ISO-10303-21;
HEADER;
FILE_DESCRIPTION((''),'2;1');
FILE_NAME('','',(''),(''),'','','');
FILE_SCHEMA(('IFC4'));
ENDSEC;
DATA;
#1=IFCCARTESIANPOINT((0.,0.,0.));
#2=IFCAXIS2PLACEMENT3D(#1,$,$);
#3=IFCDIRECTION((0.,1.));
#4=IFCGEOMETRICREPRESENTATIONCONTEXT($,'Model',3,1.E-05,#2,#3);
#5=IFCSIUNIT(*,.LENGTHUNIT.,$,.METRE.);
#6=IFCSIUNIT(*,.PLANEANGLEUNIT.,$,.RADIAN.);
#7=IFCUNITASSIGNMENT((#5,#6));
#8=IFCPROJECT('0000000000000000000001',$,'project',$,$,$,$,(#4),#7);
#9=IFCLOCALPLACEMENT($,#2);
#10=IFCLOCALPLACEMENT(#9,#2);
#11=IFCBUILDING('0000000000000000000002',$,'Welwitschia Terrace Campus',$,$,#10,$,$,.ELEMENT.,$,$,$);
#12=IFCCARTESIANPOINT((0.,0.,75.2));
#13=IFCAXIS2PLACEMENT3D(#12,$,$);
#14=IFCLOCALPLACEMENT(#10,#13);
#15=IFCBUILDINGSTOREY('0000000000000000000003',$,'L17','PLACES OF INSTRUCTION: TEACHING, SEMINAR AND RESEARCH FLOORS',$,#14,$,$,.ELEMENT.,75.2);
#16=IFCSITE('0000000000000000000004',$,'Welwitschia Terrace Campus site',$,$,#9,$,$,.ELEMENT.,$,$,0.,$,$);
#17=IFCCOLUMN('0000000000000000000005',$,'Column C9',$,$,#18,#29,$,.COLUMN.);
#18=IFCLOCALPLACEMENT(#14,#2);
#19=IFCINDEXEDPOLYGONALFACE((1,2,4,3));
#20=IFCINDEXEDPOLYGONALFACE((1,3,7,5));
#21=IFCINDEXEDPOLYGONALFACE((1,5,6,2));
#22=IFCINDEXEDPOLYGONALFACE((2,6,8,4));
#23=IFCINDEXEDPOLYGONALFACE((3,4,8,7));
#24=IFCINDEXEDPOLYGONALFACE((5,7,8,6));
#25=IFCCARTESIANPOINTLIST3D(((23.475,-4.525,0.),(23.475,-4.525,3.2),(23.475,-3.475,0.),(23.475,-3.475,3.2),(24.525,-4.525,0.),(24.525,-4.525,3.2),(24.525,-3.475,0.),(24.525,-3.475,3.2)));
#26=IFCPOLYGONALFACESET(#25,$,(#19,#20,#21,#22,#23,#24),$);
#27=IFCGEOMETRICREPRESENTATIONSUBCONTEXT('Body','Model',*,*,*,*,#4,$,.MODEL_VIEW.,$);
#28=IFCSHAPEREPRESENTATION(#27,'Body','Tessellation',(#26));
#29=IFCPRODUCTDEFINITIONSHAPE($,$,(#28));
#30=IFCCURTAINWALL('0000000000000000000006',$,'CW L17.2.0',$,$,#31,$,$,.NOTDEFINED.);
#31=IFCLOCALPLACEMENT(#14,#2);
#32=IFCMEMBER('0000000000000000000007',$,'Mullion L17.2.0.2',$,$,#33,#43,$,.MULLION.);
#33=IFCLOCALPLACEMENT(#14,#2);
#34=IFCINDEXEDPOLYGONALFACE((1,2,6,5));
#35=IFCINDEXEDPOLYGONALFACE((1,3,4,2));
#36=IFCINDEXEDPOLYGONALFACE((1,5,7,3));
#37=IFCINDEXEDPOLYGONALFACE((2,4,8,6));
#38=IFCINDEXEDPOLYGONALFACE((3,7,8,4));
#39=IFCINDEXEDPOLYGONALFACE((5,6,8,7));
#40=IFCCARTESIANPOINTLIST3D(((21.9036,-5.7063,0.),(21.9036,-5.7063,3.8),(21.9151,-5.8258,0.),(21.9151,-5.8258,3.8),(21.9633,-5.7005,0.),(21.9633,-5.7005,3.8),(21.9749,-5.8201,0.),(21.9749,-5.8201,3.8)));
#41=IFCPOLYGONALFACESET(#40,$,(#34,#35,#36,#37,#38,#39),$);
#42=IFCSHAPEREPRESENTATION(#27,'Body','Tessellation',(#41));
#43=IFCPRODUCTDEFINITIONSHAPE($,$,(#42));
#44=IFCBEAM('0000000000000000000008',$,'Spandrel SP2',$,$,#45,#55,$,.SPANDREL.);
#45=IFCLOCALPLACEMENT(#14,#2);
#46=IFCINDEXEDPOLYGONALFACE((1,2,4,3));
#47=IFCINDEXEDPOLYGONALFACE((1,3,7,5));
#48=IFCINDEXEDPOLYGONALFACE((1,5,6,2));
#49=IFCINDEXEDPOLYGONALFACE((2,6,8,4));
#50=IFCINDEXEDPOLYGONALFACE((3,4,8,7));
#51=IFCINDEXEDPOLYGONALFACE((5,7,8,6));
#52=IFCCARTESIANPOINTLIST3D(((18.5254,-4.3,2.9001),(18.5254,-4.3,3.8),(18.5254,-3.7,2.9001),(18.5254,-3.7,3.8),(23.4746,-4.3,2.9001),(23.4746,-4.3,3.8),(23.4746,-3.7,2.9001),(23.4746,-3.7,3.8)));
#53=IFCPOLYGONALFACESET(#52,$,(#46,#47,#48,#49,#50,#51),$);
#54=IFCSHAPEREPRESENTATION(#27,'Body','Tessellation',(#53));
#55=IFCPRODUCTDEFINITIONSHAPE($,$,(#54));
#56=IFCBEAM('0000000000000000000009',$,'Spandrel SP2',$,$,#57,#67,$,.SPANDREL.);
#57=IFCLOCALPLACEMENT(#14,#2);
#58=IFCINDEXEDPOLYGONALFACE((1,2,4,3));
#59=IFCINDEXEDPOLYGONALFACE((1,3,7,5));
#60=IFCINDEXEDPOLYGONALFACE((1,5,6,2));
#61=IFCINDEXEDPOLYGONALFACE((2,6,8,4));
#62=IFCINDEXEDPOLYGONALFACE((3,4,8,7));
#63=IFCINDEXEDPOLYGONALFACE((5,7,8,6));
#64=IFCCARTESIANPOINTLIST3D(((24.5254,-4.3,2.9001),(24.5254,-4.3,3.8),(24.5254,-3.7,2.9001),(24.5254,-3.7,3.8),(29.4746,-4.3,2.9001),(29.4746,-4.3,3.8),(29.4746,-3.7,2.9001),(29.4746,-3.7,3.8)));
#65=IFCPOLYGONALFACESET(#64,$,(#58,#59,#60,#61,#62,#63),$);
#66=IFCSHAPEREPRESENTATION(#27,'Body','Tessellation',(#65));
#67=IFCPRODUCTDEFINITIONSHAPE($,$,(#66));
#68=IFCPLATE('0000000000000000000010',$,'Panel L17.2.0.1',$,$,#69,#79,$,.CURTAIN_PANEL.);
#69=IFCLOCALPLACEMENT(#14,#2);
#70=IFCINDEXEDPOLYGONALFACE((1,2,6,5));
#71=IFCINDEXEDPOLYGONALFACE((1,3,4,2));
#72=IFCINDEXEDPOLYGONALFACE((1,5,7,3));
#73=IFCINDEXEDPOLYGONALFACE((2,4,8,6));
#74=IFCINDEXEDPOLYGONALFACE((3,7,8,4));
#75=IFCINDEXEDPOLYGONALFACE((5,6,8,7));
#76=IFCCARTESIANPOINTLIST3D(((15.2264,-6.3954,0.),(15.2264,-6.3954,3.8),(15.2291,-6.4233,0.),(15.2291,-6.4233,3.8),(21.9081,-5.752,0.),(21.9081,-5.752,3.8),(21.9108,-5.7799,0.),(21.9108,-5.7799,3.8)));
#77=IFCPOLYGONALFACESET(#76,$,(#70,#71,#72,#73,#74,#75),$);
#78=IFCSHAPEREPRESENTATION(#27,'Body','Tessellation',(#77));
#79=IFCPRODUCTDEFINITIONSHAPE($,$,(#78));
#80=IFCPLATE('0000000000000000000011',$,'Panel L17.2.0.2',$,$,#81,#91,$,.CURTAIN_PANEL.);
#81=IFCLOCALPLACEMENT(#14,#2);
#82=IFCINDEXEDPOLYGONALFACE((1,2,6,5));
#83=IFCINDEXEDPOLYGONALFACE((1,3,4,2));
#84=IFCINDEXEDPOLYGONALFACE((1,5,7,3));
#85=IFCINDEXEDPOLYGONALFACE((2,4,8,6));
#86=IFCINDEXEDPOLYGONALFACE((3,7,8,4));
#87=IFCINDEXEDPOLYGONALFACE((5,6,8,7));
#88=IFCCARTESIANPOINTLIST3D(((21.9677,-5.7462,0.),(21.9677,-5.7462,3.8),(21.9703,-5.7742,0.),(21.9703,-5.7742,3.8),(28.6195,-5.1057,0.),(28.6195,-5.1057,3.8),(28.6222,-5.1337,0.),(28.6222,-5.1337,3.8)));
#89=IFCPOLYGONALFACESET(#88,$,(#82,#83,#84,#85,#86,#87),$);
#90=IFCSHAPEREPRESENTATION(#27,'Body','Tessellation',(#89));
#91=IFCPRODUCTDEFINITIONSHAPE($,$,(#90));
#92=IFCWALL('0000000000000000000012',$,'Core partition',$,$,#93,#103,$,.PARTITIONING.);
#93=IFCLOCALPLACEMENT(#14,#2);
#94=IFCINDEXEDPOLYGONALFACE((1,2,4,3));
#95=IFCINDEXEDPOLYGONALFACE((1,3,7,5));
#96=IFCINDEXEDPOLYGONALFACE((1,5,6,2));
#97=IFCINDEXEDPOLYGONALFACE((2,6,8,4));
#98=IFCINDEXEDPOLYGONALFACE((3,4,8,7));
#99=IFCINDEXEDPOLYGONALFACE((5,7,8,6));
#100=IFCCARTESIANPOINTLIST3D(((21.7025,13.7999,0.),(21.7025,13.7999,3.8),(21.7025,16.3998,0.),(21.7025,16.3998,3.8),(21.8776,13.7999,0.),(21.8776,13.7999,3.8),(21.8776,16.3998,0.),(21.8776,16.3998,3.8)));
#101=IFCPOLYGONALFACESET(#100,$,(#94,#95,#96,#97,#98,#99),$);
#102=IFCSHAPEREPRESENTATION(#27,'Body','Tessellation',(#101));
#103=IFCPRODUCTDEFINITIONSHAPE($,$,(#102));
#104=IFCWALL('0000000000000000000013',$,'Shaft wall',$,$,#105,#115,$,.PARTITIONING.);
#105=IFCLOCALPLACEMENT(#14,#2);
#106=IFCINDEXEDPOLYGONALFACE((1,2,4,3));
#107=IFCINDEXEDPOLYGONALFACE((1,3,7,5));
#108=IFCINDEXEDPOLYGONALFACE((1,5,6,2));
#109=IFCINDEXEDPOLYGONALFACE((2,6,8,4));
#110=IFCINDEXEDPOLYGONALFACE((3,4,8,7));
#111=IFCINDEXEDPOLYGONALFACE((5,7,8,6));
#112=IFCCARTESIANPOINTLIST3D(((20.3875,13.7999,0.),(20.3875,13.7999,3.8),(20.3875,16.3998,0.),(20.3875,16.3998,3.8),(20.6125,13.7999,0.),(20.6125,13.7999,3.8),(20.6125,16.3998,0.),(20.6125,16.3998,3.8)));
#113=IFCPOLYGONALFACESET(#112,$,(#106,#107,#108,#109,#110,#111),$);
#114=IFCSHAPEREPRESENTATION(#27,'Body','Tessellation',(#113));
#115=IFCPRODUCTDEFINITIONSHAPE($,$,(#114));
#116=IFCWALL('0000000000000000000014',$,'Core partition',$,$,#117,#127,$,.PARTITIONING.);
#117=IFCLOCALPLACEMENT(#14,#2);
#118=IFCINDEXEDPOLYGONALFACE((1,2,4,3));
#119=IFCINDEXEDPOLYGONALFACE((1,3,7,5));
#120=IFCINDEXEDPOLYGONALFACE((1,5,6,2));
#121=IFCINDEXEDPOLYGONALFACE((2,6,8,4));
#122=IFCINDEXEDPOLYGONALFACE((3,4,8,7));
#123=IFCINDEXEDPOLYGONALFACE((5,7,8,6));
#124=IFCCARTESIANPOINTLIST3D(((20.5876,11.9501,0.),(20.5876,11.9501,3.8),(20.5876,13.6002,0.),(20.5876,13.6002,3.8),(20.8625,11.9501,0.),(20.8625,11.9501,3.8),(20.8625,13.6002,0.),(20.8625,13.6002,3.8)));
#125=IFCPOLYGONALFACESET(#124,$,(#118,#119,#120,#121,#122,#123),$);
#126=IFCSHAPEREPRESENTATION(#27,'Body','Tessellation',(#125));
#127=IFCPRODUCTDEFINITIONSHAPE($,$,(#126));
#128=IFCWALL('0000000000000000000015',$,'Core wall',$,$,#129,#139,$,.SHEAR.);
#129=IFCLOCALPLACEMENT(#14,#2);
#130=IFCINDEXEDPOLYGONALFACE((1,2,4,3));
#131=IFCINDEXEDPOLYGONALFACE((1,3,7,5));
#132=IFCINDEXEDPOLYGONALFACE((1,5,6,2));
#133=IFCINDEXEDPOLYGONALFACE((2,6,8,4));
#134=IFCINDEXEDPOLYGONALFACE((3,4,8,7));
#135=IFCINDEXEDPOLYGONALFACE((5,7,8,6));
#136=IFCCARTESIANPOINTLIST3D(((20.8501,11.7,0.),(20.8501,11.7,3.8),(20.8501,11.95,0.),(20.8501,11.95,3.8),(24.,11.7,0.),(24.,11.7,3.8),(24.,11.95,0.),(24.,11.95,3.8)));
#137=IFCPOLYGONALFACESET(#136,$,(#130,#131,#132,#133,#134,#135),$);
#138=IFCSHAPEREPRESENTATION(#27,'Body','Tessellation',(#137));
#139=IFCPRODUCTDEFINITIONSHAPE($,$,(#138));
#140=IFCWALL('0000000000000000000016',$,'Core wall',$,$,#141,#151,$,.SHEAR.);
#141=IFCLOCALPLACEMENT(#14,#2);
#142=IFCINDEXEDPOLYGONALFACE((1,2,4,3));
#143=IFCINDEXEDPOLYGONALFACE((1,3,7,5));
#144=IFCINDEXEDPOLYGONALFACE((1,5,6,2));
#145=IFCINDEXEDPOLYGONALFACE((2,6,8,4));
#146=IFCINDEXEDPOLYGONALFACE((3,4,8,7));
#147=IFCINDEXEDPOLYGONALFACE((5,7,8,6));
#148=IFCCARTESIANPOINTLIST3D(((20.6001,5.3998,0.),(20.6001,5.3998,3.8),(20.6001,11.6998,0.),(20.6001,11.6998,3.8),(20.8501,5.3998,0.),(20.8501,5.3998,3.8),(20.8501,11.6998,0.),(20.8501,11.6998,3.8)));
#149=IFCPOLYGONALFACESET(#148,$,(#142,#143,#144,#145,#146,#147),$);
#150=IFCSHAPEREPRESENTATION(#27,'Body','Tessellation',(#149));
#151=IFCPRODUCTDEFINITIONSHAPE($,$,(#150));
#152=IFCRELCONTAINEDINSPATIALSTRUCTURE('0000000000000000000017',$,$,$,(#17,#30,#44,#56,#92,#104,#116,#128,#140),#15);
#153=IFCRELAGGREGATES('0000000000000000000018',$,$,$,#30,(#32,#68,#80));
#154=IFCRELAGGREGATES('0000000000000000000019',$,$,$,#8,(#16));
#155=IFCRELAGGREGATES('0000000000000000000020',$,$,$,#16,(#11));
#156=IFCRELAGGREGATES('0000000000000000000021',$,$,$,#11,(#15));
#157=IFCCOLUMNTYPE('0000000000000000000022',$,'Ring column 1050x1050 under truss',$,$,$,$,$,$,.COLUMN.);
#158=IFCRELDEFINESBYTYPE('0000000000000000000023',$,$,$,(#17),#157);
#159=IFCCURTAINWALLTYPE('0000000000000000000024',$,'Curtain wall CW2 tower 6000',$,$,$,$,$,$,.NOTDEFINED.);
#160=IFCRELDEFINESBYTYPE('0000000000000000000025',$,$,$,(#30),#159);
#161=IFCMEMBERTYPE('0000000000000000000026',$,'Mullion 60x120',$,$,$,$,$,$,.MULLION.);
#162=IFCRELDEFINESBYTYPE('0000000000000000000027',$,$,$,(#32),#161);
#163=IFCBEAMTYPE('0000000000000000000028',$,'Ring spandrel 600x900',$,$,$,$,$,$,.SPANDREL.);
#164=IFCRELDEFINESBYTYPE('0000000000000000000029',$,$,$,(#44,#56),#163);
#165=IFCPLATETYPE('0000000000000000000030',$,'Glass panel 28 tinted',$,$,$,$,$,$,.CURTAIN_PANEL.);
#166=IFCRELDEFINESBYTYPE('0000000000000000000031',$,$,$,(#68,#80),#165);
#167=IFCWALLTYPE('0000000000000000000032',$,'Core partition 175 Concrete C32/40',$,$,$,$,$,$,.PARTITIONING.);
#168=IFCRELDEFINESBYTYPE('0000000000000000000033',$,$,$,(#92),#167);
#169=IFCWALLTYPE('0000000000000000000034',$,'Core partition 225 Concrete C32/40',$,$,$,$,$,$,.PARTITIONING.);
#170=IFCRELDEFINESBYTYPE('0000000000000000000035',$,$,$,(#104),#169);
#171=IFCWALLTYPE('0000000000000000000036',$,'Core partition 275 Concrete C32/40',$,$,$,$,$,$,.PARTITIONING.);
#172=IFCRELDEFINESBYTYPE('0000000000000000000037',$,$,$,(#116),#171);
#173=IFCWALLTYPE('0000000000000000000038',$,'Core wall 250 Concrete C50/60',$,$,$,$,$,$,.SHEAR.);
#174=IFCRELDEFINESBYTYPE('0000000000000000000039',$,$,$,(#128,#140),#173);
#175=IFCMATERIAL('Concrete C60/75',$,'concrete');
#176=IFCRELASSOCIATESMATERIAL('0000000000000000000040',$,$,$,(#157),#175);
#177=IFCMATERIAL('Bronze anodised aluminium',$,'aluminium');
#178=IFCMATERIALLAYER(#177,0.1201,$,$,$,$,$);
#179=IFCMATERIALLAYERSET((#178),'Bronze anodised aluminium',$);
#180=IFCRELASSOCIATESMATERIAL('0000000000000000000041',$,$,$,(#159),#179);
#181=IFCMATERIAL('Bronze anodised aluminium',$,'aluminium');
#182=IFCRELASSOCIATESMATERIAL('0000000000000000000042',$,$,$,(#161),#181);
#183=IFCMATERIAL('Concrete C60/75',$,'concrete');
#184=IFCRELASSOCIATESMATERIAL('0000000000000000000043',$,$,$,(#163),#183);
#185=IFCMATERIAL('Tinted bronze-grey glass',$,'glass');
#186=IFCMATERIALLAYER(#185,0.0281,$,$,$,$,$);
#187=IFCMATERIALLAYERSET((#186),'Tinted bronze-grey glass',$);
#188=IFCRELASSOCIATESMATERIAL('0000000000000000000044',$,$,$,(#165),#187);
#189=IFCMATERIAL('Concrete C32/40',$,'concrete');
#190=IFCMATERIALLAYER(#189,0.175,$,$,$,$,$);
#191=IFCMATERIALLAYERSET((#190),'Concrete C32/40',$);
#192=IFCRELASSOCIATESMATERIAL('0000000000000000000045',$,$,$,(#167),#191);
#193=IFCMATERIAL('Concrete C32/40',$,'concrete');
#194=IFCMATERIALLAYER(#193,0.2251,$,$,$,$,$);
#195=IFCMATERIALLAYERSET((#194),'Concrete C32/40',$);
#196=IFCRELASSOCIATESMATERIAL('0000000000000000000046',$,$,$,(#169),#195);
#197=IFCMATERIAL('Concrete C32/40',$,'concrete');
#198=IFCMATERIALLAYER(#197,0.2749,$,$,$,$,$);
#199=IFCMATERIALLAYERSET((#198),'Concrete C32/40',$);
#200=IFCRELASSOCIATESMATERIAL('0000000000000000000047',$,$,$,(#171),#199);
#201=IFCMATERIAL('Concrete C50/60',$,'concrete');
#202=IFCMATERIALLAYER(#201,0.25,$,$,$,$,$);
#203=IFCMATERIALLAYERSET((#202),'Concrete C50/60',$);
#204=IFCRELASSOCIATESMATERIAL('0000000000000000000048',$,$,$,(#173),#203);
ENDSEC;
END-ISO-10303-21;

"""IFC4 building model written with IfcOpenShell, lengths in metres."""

from ifc_helpers import new_model, si_unit, direction, frame, frame_2d, origin, origin_2d, place, context, subcontext, project, spatial, rectangle, extrude, material, layer, layer_set, material_profile, profile_set, type_object, element, aggregate, save


model = new_model("IFC4")

# Units and contexts
model_context = context("Model", 3, precision=1e-05, world=origin(), true_north=direction((0.0, 1.0)))
body_context = subcontext(model_context, "Body", "Model", "MODEL_VIEW")
ifc_project = project(units=[si_unit("LENGTHUNIT", "METRE"), si_unit("PLANEANGLEUNIT", "RADIAN")], contexts=[model_context])

# Site, building, storey
site_placement = place(None, origin())
site = spatial("IfcSite", under=ifc_project, at=site_placement, Name="Welwitschia Terrace Campus site", CompositionType="ELEMENT", RefElevation=0.0)
building_placement = place(site_placement, origin())
building = spatial("IfcBuilding", under=site, at=building_placement, Name="Welwitschia Terrace Campus", CompositionType="ELEMENT")
storey_placement = place(building_placement, frame((0.0, 0.0, 75.2)))
storey = spatial("IfcBuildingStorey", under=building, at=storey_placement, Name="L17", Description="PLACES OF INSTRUCTION: TEACHING, SEMINAR AND RESEARCH FLOORS", CompositionType="ELEMENT", Elevation=75.2)

# Column
ifc_material_1 = material(Name="Concrete C60/75", Category="concrete")
ifc_material_profile_1 = material_profile(ifc_material_1, rectangle(XDim=1.05, YDim=1.05, at=origin_2d()))
ifc_profile_set_1 = profile_set([ifc_material_profile_1], Name="Concrete C60/75")
column_type = type_object("IfcColumnType", Name="Ring column 1050x1050 under truss", PredefinedType="COLUMN", material=ifc_profile_set_1)
column_placement = place(storey_placement, frame((24.0, -4.0, 0.0), z_axis=(0.0, 0.0, 1.0), x_axis=(1.0, 0.0, 0.0)))
element("IfcColumn", 1, at=column_placement, inside=storey, type_object=column_type, Name="Column C9", PredefinedType="COLUMN", context=body_context, shape_type="SweptSolid", body=[
    extrude(rectangle(XDim=1.05, YDim=1.05, at=origin_2d()), origin(), (0.0, 0.0, 1.0), 3.2),
])

# Curtain wall, member
ifc_material_2 = material(Name="Bronze anodised aluminium", Category="aluminium")
ifc_layer_1 = layer(ifc_material_2, 0.1201)
ifc_layer_set_1 = layer_set([ifc_layer_1], Name="Bronze anodised aluminium")
curtain_wall_type = type_object("IfcCurtainWallType", Name="Curtain wall CW2 tower 6000", PredefinedType="NOTDEFINED", material=ifc_layer_set_1)
curtain_wall_placement = place(storey_placement, origin())
curtain_wall = element("IfcCurtainWall", 2, at=curtain_wall_placement, inside=storey, type_object=curtain_wall_type, Name="CW L17.2.0", PredefinedType="NOTDEFINED")
ifc_material_3 = material(Name="Bronze anodised aluminium", Category="aluminium")
ifc_material_profile_2 = material_profile(ifc_material_3, rectangle(XDim=0.1201, YDim=0.0601, at=origin_2d()))
ifc_profile_set_2 = profile_set([ifc_material_profile_2], Name="Bronze anodised aluminium")
member_type = type_object("IfcMemberType", Name="Mullion 60x120", PredefinedType="MULLION", material=ifc_profile_set_2)
member_placement = place(storey_placement, frame((21.9392, -5.7632, 0.0), z_axis=(0.0, 0.0, 1.0), x_axis=(-0.095846, 0.995396, 0.0)))
member = element("IfcMember", 3, at=member_placement, type_object=member_type, Name="Mullion L17.2.0.2", PredefinedType="MULLION", context=body_context, shape_type="SweptSolid", body=[
    extrude(rectangle(XDim=0.1201, YDim=0.0601, at=origin_2d()), origin(), (0.0, 0.0, 1.0), 3.8),
])

# Beams
ifc_material_4 = material(Name="Concrete C60/75", Category="concrete")
ifc_material_profile_3 = material_profile(ifc_material_4, rectangle(XDim=0.6001, YDim=0.8999, at=origin_2d()))
ifc_profile_set_3 = profile_set([ifc_material_profile_3], Name="Concrete C60/75")
beam_type = type_object("IfcBeamType", Name="Ring spandrel 600x900", PredefinedType="SPANDREL", material=ifc_profile_set_3)
for number, where, z_axis, x_axis, name in (
    (4, (18.5254, -4.0, 3.3501), (1.0, 0.0, 0.0), (0.0, 1.0, 0.0), "Spandrel SP2"),
    (5, (24.5254, -4.0, 3.3501), (1.0, 0.0, 0.0), (0.0, 1.0, 0.0), "Spandrel SP2"),
):
    element("IfcBeam", number, at=place(storey_placement, frame(where, z_axis=z_axis, x_axis=x_axis)), inside=storey, type_object=beam_type, Name=name, PredefinedType="SPANDREL", context=body_context, shape_type="SweptSolid", body=[
        extrude(rectangle(XDim=0.6001, YDim=0.8999, at=origin_2d()), origin(), (0.0, 0.0, 1.0), 4.9492),
    ])

# Plates
ifc_material_5 = material(Name="Tinted bronze-grey glass", Category="glass")
ifc_layer_2 = layer(ifc_material_5, 0.0281)
ifc_layer_set_2 = layer_set([ifc_layer_2], Name="Tinted bronze-grey glass")
plate_type = type_object("IfcPlateType", Name="Glass panel 28 tinted", PredefinedType="CURTAIN_PANEL", material=ifc_layer_set_2)
plate_1_placement = place(storey_placement, frame((18.5686, -6.0876, 0.0), z_axis=(0.0, 0.0, 1.0), x_axis=(0.995396, 0.095846, 0.0)))
plate_1 = element("IfcPlate", 6, at=plate_1_placement, type_object=plate_type, Name="Panel L17.2.0.1", PredefinedType="CURTAIN_PANEL", context=body_context, shape_type="SweptSolid", body=[
    extrude(rectangle(XDim=6.7126, YDim=0.0281, at=origin_2d()), origin(), (0.0, 0.0, 1.0), 3.8),
])
plate_2_placement = place(storey_placement, frame((25.2949, -5.4399, 0.0), z_axis=(0.0, 0.0, 1.0), x_axis=(0.995396, 0.095846, 0.0)))
plate_2 = element("IfcPlate", 7, at=plate_2_placement, type_object=plate_type, Name="Panel L17.2.0.2", PredefinedType="CURTAIN_PANEL", context=body_context, shape_type="SweptSolid", body=[
    extrude(rectangle(XDim=6.6826, YDim=0.0281, at=origin_2d()), origin(), (0.0, 0.0, 1.0), 3.8),
])
aggregate(curtain_wall, [member, plate_1, plate_2])

# Walls
ifc_material_6 = material(Name="Concrete C32/40", Category="concrete")
ifc_layer_3 = layer(ifc_material_6, 0.175)
ifc_layer_set_3 = layer_set([ifc_layer_3], Name="Concrete C32/40")
wall_type_1 = type_object("IfcWallType", Name="Core partition 175 Concrete C32/40", PredefinedType="PARTITIONING", material=ifc_layer_set_3)
wall_1_placement = place(storey_placement, frame((21.79, 13.8, 0.0), z_axis=(0.0, 0.0, 1.0), x_axis=(0.0, 1.0, 0.0)))
element("IfcWall", 8, at=wall_1_placement, inside=storey, type_object=wall_type_1, Name="Core partition", PredefinedType="PARTITIONING", context=body_context, shape_type="SweptSolid", body=[
    extrude(rectangle(XDim=2.5999, YDim=0.175, at=frame_2d((1.2998, 0.0))), origin(), (0.0, 0.0, 1.0), 3.8),
])
ifc_material_7 = material(Name="Concrete C32/40", Category="concrete")
ifc_layer_4 = layer(ifc_material_7, 0.2251)
ifc_layer_set_4 = layer_set([ifc_layer_4], Name="Concrete C32/40")
wall_type_2 = type_object("IfcWallType", Name="Core partition 225 Concrete C32/40", PredefinedType="PARTITIONING", material=ifc_layer_set_4)
wall_2_placement = place(storey_placement, frame((20.5, 13.8, 0.0), z_axis=(0.0, 0.0, 1.0), x_axis=(0.0, 1.0, 0.0)))
element("IfcWall", 9, at=wall_2_placement, inside=storey, type_object=wall_type_2, Name="Shaft wall", PredefinedType="PARTITIONING", context=body_context, shape_type="SweptSolid", body=[
    extrude(rectangle(XDim=2.5999, YDim=0.2251, at=frame_2d((1.2998, 0.0))), origin(), (0.0, 0.0, 1.0), 3.8),
])
ifc_material_8 = material(Name="Concrete C32/40", Category="concrete")
ifc_layer_5 = layer(ifc_material_8, 0.2749)
ifc_layer_set_5 = layer_set([ifc_layer_5], Name="Concrete C32/40")
wall_type_3 = type_object("IfcWallType", Name="Core partition 275 Concrete C32/40", PredefinedType="PARTITIONING", material=ifc_layer_set_5)
wall_3_placement = place(storey_placement, frame((20.7251, 11.95, 0.0), z_axis=(0.0, 0.0, 1.0), x_axis=(0.0, 1.0, 0.0)))
element("IfcWall", 10, at=wall_3_placement, inside=storey, type_object=wall_type_3, Name="Core partition", PredefinedType="PARTITIONING", context=body_context, shape_type="SweptSolid", body=[
    extrude(rectangle(XDim=1.6501, YDim=0.2749, at=frame_2d((0.8252, 0.0))), origin(), (0.0, 0.0, 1.0), 3.8),
])
ifc_material_9 = material(Name="Concrete C50/60", Category="concrete")
ifc_layer_6 = layer(ifc_material_9, 0.25)
ifc_layer_set_6 = layer_set([ifc_layer_6], Name="Concrete C50/60")
wall_type_4 = type_object("IfcWallType", Name="Core wall 250 Concrete C50/60", PredefinedType="SHEAR", material=ifc_layer_set_6)
wall_4_placement = place(storey_placement, frame((20.8501, 11.825, 0.0), z_axis=(0.0, 0.0, 1.0), x_axis=(1.0, 0.0, 0.0)))
element("IfcWall", 11, at=wall_4_placement, inside=storey, type_object=wall_type_4, Name="Core wall", PredefinedType="SHEAR", context=body_context, shape_type="SweptSolid", body=[
    extrude(rectangle(XDim=3.1499, YDim=0.25, at=frame_2d((1.575, 0.0))), origin(), (0.0, 0.0, 1.0), 3.8),
])
wall_5_placement = place(storey_placement, frame((20.7251, 5.3999, 0.0), z_axis=(0.0, 0.0, 1.0), x_axis=(0.0, 1.0, 0.0)))
element("IfcWall", 12, at=wall_5_placement, inside=storey, type_object=wall_type_4, Name="Core wall", PredefinedType="SHEAR", context=body_context, shape_type="SweptSolid", body=[
    extrude(rectangle(XDim=6.3, YDim=0.25, at=frame_2d((3.1499, 0.0))), origin(), (0.0, 0.0, 1.0), 3.8),
])

save(model, "model.ifc")
